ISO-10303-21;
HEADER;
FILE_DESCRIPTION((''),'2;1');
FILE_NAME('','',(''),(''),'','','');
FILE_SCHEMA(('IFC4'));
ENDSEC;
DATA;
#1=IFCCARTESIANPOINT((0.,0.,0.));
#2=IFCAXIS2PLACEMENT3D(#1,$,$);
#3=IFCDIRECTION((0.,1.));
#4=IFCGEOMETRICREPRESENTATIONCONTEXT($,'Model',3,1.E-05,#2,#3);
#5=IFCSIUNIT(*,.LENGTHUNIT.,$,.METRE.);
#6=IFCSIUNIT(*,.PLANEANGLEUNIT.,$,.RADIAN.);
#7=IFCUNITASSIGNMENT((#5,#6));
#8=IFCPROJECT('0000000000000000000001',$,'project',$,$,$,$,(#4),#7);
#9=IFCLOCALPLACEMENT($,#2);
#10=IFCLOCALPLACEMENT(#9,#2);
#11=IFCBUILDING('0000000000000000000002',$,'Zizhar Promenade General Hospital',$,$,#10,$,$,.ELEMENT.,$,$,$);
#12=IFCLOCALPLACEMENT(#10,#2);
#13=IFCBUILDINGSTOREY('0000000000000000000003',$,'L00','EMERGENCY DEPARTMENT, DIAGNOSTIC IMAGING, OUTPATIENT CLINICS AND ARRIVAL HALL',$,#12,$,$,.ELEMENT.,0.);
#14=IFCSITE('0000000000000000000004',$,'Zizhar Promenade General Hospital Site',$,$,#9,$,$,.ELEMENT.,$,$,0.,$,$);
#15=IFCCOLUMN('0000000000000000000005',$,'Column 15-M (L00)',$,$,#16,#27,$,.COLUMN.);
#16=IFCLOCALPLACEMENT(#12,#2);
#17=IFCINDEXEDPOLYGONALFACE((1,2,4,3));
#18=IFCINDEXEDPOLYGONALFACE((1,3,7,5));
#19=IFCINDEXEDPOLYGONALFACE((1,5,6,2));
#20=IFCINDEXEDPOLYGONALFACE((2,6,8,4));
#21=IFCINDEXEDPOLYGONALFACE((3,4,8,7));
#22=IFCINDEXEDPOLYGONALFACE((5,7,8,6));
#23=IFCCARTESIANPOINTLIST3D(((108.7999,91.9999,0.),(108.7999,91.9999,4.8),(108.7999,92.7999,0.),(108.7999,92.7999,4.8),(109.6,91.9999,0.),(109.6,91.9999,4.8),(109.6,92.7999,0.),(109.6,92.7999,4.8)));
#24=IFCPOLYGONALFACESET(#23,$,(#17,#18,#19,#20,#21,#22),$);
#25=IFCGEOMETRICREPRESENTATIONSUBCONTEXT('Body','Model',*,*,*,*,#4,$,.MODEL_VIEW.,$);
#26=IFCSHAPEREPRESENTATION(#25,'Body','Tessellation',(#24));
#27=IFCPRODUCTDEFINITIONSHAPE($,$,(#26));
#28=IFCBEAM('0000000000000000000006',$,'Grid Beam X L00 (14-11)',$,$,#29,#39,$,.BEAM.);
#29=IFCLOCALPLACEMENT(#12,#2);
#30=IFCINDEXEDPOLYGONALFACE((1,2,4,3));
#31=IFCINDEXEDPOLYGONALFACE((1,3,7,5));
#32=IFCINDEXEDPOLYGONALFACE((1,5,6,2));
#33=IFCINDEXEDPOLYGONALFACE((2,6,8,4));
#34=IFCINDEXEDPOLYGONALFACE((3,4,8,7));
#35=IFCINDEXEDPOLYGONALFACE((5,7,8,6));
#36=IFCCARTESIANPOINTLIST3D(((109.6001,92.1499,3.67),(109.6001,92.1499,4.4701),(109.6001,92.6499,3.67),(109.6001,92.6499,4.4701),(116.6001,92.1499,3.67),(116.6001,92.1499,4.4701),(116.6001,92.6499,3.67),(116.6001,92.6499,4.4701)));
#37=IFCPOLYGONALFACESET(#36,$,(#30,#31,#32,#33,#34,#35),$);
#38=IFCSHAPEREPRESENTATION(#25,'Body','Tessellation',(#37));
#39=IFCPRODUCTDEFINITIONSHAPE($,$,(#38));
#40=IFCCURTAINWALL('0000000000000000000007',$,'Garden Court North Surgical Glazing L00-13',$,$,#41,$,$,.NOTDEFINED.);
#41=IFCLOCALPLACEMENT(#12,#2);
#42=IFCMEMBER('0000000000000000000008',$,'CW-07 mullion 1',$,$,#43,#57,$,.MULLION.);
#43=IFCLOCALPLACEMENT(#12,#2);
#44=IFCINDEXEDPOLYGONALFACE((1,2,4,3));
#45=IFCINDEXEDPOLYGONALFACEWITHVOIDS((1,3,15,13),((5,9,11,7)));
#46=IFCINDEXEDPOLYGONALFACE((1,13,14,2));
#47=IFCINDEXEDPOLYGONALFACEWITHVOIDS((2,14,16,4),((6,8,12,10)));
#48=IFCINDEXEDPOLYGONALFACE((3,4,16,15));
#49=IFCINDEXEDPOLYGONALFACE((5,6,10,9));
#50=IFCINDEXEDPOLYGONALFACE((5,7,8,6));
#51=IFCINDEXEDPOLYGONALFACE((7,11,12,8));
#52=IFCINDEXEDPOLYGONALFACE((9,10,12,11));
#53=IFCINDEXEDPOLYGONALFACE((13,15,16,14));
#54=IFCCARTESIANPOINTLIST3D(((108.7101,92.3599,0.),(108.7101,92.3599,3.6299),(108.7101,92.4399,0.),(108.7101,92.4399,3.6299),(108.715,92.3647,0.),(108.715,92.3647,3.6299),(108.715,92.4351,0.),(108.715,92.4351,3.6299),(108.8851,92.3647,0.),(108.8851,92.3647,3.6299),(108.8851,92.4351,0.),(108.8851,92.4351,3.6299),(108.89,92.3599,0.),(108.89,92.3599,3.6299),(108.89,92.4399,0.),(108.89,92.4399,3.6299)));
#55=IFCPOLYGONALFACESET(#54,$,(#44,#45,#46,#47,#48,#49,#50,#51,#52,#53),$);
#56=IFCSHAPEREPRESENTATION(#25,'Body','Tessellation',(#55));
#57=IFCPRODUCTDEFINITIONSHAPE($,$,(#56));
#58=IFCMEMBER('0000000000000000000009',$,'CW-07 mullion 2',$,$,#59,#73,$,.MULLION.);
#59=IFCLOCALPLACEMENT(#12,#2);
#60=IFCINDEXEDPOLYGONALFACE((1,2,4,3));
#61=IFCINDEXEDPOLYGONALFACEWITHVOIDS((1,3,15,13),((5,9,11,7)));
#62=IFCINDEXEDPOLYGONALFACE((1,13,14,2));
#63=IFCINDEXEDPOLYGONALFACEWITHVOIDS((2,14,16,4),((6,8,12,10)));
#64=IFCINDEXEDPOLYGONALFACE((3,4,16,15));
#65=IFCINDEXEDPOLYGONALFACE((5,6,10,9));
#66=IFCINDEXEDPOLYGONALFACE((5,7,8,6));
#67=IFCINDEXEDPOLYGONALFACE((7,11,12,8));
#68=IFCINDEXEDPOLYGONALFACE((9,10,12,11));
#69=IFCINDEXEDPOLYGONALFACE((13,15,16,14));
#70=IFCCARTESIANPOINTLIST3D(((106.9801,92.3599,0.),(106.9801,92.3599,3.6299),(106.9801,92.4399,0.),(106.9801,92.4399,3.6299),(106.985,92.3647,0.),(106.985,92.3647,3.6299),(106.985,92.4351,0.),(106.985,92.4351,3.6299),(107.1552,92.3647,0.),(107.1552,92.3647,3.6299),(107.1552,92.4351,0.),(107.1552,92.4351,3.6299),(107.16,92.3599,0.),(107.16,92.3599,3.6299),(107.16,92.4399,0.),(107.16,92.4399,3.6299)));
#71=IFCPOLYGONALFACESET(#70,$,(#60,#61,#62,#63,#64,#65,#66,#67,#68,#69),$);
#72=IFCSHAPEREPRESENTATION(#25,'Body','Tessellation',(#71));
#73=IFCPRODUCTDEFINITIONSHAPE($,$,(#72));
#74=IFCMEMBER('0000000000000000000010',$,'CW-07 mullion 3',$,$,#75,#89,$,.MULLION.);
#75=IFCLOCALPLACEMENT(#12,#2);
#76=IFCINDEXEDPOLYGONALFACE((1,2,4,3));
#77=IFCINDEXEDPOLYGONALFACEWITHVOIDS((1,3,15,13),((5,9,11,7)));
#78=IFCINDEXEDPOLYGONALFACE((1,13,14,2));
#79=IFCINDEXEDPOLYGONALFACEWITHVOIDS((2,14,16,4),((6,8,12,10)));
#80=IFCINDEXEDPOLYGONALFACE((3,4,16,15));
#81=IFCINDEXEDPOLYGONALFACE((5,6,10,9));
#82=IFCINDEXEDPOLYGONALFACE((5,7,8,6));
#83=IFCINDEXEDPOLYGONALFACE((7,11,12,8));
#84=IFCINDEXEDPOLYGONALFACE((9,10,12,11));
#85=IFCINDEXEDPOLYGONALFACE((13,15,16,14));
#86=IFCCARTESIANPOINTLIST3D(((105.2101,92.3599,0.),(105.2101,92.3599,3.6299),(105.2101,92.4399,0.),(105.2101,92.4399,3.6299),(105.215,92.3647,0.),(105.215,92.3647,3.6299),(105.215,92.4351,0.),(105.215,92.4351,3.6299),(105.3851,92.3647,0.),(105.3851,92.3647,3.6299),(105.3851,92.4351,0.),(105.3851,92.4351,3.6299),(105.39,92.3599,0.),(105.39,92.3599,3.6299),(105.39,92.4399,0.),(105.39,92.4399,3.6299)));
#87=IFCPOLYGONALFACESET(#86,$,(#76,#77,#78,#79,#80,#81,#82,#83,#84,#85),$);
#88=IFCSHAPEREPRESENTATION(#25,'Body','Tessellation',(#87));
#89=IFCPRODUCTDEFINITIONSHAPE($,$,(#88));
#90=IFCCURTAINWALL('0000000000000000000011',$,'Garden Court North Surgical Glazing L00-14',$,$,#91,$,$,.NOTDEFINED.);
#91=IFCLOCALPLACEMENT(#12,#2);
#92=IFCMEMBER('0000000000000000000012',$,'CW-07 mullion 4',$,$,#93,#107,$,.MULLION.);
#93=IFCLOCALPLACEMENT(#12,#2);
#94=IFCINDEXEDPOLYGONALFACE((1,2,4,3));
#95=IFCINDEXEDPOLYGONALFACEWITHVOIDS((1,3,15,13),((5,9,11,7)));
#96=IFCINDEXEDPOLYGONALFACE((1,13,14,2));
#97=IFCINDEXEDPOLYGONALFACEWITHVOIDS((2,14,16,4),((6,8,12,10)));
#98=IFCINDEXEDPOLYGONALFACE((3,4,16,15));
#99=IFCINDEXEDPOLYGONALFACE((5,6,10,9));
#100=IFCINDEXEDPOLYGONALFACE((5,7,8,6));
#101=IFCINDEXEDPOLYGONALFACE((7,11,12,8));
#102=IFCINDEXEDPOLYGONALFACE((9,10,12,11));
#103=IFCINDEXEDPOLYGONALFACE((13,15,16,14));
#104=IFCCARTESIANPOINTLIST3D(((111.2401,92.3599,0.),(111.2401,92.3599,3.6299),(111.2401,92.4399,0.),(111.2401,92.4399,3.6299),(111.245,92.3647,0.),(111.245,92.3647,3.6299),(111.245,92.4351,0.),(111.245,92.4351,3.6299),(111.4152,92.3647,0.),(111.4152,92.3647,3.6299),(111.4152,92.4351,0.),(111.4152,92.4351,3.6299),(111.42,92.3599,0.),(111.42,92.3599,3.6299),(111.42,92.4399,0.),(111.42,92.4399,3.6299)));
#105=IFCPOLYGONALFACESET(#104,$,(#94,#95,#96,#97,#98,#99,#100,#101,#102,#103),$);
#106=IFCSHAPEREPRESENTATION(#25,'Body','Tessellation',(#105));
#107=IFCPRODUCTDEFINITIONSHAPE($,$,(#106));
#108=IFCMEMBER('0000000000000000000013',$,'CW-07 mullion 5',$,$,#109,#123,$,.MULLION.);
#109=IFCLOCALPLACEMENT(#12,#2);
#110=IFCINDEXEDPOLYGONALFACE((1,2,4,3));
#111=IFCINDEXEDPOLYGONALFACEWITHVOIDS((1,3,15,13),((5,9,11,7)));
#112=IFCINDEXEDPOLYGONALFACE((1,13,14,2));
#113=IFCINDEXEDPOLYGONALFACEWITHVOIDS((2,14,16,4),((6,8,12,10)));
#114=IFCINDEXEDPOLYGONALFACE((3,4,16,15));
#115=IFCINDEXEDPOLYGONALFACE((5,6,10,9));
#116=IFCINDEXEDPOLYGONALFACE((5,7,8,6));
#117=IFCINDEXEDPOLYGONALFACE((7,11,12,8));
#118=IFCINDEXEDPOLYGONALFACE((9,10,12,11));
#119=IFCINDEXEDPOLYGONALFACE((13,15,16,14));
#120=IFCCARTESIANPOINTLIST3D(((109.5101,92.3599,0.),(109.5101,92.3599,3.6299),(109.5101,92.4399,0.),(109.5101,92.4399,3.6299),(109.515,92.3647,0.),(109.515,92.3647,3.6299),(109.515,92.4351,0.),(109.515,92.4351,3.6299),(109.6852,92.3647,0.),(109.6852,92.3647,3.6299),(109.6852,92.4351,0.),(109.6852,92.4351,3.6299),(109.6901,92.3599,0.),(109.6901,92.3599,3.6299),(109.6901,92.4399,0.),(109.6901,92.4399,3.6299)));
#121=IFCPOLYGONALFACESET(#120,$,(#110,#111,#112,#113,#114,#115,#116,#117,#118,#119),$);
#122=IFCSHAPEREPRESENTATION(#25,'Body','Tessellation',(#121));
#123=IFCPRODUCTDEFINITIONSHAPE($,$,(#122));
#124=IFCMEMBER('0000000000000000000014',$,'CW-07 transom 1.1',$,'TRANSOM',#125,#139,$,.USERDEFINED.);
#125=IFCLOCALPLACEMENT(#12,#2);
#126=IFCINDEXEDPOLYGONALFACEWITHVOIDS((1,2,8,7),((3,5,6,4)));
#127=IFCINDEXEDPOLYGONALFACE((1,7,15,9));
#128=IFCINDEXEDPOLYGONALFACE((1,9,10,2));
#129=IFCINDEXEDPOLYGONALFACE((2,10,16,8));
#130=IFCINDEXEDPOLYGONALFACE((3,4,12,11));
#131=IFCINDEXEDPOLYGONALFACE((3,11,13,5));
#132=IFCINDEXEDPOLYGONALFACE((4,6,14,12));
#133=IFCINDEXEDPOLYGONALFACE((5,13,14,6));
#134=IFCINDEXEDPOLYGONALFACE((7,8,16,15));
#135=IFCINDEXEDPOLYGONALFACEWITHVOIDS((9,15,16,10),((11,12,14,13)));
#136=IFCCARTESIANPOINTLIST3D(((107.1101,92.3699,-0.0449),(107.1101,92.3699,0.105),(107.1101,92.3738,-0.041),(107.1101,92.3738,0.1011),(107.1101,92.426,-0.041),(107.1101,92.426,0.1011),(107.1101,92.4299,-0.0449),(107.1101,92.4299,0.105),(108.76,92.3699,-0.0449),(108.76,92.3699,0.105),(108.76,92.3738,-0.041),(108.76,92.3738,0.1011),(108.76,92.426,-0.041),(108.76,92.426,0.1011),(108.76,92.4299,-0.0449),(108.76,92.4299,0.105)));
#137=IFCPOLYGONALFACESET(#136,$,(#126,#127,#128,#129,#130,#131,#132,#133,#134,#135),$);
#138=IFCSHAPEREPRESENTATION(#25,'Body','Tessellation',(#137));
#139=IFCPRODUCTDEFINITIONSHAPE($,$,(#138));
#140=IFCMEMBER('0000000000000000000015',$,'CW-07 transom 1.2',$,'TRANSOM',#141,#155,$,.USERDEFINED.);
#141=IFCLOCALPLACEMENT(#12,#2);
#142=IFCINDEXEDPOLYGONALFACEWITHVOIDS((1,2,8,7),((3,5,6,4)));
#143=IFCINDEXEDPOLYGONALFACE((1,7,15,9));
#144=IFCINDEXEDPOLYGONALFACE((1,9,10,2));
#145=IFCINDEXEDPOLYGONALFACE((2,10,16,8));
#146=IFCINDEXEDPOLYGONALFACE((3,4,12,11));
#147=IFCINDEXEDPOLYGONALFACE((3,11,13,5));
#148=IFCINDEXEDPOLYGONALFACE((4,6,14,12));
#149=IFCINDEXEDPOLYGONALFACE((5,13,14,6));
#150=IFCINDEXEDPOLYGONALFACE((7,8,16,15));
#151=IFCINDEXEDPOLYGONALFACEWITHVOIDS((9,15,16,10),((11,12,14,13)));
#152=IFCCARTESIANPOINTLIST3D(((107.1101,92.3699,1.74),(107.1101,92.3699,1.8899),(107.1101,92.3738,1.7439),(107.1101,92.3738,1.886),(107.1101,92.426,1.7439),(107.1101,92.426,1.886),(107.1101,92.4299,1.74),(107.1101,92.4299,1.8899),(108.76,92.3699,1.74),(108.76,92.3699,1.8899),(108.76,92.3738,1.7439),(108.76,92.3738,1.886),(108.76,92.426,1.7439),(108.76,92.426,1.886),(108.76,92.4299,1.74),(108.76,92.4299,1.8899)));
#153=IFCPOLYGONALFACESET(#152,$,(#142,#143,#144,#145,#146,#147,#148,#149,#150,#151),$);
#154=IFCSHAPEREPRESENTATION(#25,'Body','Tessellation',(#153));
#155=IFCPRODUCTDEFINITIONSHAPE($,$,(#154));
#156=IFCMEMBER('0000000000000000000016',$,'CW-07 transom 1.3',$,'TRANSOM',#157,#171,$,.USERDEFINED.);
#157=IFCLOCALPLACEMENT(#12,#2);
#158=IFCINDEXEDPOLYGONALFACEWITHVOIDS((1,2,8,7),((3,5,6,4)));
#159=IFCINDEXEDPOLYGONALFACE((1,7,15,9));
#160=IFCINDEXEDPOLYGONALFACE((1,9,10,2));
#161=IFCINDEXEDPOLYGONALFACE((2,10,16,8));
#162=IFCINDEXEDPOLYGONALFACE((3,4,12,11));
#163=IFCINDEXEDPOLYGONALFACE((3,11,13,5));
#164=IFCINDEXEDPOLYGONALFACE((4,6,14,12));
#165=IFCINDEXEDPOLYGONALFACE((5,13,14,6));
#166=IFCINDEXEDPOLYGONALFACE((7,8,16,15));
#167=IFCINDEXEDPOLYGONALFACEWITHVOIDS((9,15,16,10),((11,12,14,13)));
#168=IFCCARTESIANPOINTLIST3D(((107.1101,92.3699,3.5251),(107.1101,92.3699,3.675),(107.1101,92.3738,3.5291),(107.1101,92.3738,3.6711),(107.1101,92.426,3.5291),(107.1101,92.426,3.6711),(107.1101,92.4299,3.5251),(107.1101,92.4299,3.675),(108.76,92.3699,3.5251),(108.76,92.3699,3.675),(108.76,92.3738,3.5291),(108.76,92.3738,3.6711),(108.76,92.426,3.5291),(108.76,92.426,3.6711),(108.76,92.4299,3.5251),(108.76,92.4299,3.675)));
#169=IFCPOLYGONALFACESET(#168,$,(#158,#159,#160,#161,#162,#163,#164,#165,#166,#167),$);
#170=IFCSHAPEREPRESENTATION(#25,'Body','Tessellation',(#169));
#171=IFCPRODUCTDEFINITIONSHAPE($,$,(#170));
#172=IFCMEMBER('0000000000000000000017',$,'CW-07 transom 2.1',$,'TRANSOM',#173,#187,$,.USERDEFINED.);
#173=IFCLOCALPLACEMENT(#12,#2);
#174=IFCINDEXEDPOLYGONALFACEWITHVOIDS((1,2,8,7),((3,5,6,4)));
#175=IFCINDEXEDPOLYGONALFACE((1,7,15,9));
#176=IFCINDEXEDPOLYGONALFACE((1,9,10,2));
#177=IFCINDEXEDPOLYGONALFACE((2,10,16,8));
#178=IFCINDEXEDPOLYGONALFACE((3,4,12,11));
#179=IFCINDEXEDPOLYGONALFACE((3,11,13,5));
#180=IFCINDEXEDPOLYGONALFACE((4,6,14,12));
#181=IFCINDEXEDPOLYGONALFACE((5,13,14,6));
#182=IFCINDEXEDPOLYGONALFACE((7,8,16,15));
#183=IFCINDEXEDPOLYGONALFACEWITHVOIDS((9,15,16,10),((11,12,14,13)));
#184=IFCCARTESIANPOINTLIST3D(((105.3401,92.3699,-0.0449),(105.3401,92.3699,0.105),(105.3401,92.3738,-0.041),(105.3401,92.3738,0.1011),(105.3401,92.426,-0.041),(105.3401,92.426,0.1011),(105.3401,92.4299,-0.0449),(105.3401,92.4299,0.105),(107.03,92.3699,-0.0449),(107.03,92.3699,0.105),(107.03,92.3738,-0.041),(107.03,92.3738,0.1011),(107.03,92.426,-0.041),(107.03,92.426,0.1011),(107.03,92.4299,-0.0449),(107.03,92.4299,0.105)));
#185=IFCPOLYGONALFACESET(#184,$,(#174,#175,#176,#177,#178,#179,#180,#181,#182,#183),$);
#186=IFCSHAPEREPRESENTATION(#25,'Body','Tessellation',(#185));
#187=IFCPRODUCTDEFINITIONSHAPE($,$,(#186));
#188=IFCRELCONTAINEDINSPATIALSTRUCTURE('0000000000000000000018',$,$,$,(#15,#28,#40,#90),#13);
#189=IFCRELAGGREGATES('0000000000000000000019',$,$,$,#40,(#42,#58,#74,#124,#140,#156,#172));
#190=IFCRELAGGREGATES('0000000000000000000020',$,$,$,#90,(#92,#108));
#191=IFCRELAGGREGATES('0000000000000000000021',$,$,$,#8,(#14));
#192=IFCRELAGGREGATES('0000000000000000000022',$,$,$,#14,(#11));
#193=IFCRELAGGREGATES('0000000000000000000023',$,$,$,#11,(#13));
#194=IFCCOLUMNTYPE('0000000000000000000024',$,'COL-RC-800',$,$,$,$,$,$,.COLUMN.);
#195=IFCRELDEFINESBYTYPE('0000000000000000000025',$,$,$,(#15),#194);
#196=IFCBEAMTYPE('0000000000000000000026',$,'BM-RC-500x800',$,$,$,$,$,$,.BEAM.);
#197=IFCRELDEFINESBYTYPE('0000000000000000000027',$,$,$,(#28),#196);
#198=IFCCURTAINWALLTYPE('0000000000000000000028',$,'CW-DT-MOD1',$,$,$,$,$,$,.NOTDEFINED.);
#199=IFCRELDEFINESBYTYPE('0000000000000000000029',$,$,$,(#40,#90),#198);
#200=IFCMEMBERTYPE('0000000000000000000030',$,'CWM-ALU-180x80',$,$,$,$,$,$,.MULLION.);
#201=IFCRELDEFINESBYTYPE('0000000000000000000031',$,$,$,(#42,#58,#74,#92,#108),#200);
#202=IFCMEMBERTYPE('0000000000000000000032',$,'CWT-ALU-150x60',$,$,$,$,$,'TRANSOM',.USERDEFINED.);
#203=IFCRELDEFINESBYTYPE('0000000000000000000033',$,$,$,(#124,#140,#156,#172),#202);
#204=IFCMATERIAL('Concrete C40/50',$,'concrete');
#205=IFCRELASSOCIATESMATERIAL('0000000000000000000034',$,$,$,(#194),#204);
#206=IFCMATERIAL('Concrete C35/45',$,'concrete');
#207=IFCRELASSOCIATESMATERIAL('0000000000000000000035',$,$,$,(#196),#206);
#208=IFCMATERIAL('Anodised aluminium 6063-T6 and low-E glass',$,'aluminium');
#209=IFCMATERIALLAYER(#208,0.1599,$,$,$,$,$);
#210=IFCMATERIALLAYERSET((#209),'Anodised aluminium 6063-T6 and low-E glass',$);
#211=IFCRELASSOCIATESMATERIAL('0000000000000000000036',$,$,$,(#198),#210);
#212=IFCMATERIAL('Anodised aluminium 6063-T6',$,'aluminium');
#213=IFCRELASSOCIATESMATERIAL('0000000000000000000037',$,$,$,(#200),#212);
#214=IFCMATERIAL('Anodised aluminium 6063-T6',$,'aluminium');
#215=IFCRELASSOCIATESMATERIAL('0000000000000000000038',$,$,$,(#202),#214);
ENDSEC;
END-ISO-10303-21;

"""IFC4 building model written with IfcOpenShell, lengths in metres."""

from ifc_helpers import new_model, si_unit, direction, frame, origin, origin_2d, place, context, subcontext, project, spatial, rectangle, hollow_rectangle, extrude, material, layer, layer_set, material_profile, profile_set, type_object, element, aggregate, save


model = new_model("IFC4")

# Units and contexts
model_context = context("Model", 3, precision=1e-05, world=origin(), true_north=direction((0.0, 1.0)))
body_context = subcontext(model_context, "Body", "Model", "MODEL_VIEW")
ifc_project = project(units=[si_unit("LENGTHUNIT", "METRE"), si_unit("PLANEANGLEUNIT", "RADIAN")], contexts=[model_context])

# Site, building, storey
site_placement = place(None, origin())
site = spatial("IfcSite", under=ifc_project, at=site_placement, Name="Zizhar Promenade General Hospital Site", CompositionType="ELEMENT", RefElevation=0.0)
building_placement = place(site_placement, origin())
building = spatial("IfcBuilding", under=site, at=building_placement, Name="Zizhar Promenade General Hospital", CompositionType="ELEMENT")
storey_placement = place(building_placement, origin())
storey = spatial("IfcBuildingStorey", under=building, at=storey_placement, Name="L00", Description="EMERGENCY DEPARTMENT, DIAGNOSTIC IMAGING, OUTPATIENT CLINICS AND ARRIVAL HALL", CompositionType="ELEMENT", Elevation=0.0)

# Column
ifc_material_1 = material(Name="Concrete C40/50", Category="concrete")
ifc_material_profile_1 = material_profile(ifc_material_1, rectangle(XDim=0.8, YDim=0.8, at=origin_2d()))
ifc_profile_set_1 = profile_set([ifc_material_profile_1], Name="Concrete C40/50")
column_type = type_object("IfcColumnType", Name="COL-RC-800", PredefinedType="COLUMN", material=ifc_profile_set_1)
column_placement = place(storey_placement, frame((109.2, 92.3999, 0.0), z_axis=(0.0, 0.0, 1.0), x_axis=(1.0, 0.0, 0.0)))
element("IfcColumn", 1, at=column_placement, inside=storey, type_object=column_type, Name="Column 15-M (L00)", PredefinedType="COLUMN", context=body_context, shape_type="SweptSolid", body=[
    extrude(rectangle(XDim=0.8, YDim=0.8, at=origin_2d()), origin(), (0.0, 0.0, 1.0), 4.8),
])

# Beam
ifc_material_2 = material(Name="Concrete C35/45", Category="concrete")
ifc_material_profile_2 = material_profile(ifc_material_2, rectangle(XDim=0.5, YDim=0.8, at=origin_2d()))
ifc_profile_set_2 = profile_set([ifc_material_profile_2], Name="Concrete C35/45")
beam_type = type_object("IfcBeamType", Name="BM-RC-500x800", PredefinedType="BEAM", material=ifc_profile_set_2)
beam_placement = place(storey_placement, frame((109.6001, 92.3999, 4.0701), z_axis=(1.0, 0.0, 0.0), x_axis=(0.0, 1.0, 0.0)))
element("IfcBeam", 2, at=beam_placement, inside=storey, type_object=beam_type, Name="Grid Beam X L00 (14-11)", PredefinedType="BEAM", context=body_context, shape_type="SweptSolid", body=[
    extrude(rectangle(XDim=0.5, YDim=0.8, at=origin_2d()), origin(), (0.0, 0.0, 1.0), 7.0),
])

# Curtain walls, members
ifc_material_3 = material(Name="Anodised aluminium 6063-T6 and low-E glass", Category="aluminium")
ifc_layer_1 = layer(ifc_material_3, 0.1599)
ifc_layer_set_1 = layer_set([ifc_layer_1], Name="Anodised aluminium 6063-T6 and low-E glass")
curtain_wall_type = type_object("IfcCurtainWallType", Name="CW-DT-MOD1", PredefinedType="NOTDEFINED", material=ifc_layer_set_1)
curtain_wall_1_placement = place(storey_placement, origin())
curtain_wall_1 = element("IfcCurtainWall", 3, at=curtain_wall_1_placement, inside=storey, type_object=curtain_wall_type, Name="Garden Court North Surgical Glazing L00-13", PredefinedType="NOTDEFINED")
ifc_material_4 = material(Name="Anodised aluminium 6063-T6", Category="aluminium")
ifc_material_profile_3 = material_profile(ifc_material_4, hollow_rectangle(XDim=0.0801, YDim=0.1799, WallThickness=0.0049, at=origin_2d()))
ifc_profile_set_3 = profile_set([ifc_material_profile_3], Name="Anodised aluminium 6063-T6")
member_type_1 = type_object("IfcMemberType", Name="CWM-ALU-180x80", PredefinedType="MULLION", material=ifc_profile_set_3)
member_1_placement = place(storey_placement, frame((108.8, 92.3999, 0.0), z_axis=(0.0, 0.0, 1.0), x_axis=(0.0, -1.0, 0.0)))
member_1 = element("IfcMember", 4, at=member_1_placement, type_object=member_type_1, Name="CW-07 mullion 1", PredefinedType="MULLION", context=body_context, shape_type="SweptSolid", body=[
    extrude(hollow_rectangle(XDim=0.0801, YDim=0.1799, WallThickness=0.0049, at=origin_2d()), origin(), (0.0, 0.0, 1.0), 3.6299),
])
member_2_placement = place(storey_placement, frame((107.0701, 92.3999, 0.0), z_axis=(0.0, 0.0, 1.0), x_axis=(0.0, -1.0, 0.0)))
member_2 = element("IfcMember", 5, at=member_2_placement, type_object=member_type_1, Name="CW-07 mullion 2", PredefinedType="MULLION", context=body_context, shape_type="SweptSolid", body=[
    extrude(hollow_rectangle(XDim=0.0801, YDim=0.1799, WallThickness=0.0049, at=origin_2d()), origin(), (0.0, 0.0, 1.0), 3.6299),
])
member_3_placement = place(storey_placement, frame((105.3, 92.3999, 0.0), z_axis=(0.0, 0.0, 1.0), x_axis=(0.0, -1.0, 0.0)))
member_3 = element("IfcMember", 6, at=member_3_placement, type_object=member_type_1, Name="CW-07 mullion 3", PredefinedType="MULLION", context=body_context, shape_type="SweptSolid", body=[
    extrude(hollow_rectangle(XDim=0.0801, YDim=0.1799, WallThickness=0.0049, at=origin_2d()), origin(), (0.0, 0.0, 1.0), 3.6299),
])
curtain_wall_2_placement = place(storey_placement, origin())
curtain_wall_2 = element("IfcCurtainWall", 7, at=curtain_wall_2_placement, inside=storey, type_object=curtain_wall_type, Name="Garden Court North Surgical Glazing L00-14", PredefinedType="NOTDEFINED")
member_4_placement = place(storey_placement, frame((111.3301, 92.3999, 0.0), z_axis=(0.0, 0.0, 1.0), x_axis=(0.0, -1.0, 0.0)))
member_4 = element("IfcMember", 8, at=member_4_placement, type_object=member_type_1, Name="CW-07 mullion 4", PredefinedType="MULLION", context=body_context, shape_type="SweptSolid", body=[
    extrude(hollow_rectangle(XDim=0.0801, YDim=0.1799, WallThickness=0.0049, at=origin_2d()), origin(), (0.0, 0.0, 1.0), 3.6299),
])
member_5_placement = place(storey_placement, frame((109.6001, 92.3999, 0.0), z_axis=(0.0, 0.0, 1.0), x_axis=(0.0, -1.0, 0.0)))
member_5 = element("IfcMember", 9, at=member_5_placement, type_object=member_type_1, Name="CW-07 mullion 5", PredefinedType="MULLION", context=body_context, shape_type="SweptSolid", body=[
    extrude(hollow_rectangle(XDim=0.0801, YDim=0.1799, WallThickness=0.0049, at=origin_2d()), origin(), (0.0, 0.0, 1.0), 3.6299),
])

# Members
ifc_material_5 = material(Name="Anodised aluminium 6063-T6", Category="aluminium")
ifc_material_profile_4 = material_profile(ifc_material_5, hollow_rectangle(XDim=0.0601, YDim=0.1499, WallThickness=0.0039, at=origin_2d()))
ifc_profile_set_4 = profile_set([ifc_material_profile_4], Name="Anodised aluminium 6063-T6")
member_type_2 = type_object("IfcMemberType", Name="CWT-ALU-150x60", ElementType="TRANSOM", PredefinedType="USERDEFINED", material=ifc_profile_set_4)
member_6_placement = place(storey_placement, frame((108.76, 92.3999, 0.03), z_axis=(-1.0, 0.0, 0.0), x_axis=(0.0, -1.0, 0.0)))
member_6 = element("IfcMember", 10, at=member_6_placement, type_object=member_type_2, Name="CW-07 transom 1.1", ObjectType="TRANSOM", PredefinedType="USERDEFINED", context=body_context, shape_type="SweptSolid", body=[
    extrude(hollow_rectangle(XDim=0.0601, YDim=0.1499, WallThickness=0.0039, at=origin_2d()), origin(), (0.0, 0.0, 1.0), 1.6499),
])
member_7_placement = place(storey_placement, frame((108.76, 92.3999, 1.8149), z_axis=(-1.0, 0.0, 0.0), x_axis=(0.0, -1.0, 0.0)))
member_7 = element("IfcMember", 11, at=member_7_placement, type_object=member_type_2, Name="CW-07 transom 1.2", ObjectType="TRANSOM", PredefinedType="USERDEFINED", context=body_context, shape_type="SweptSolid", body=[
    extrude(hollow_rectangle(XDim=0.0601, YDim=0.1499, WallThickness=0.0039, at=origin_2d()), origin(), (0.0, 0.0, 1.0), 1.6499),
])
member_8_placement = place(storey_placement, frame((108.76, 92.3999, 3.6001), z_axis=(-1.0, 0.0, 0.0), x_axis=(0.0, -1.0, 0.0)))
member_8 = element("IfcMember", 12, at=member_8_placement, type_object=member_type_2, Name="CW-07 transom 1.3", ObjectType="TRANSOM", PredefinedType="USERDEFINED", context=body_context, shape_type="SweptSolid", body=[
    extrude(hollow_rectangle(XDim=0.0601, YDim=0.1499, WallThickness=0.0039, at=origin_2d()), origin(), (0.0, 0.0, 1.0), 1.6499),
])
member_9_placement = place(storey_placement, frame((107.03, 92.3999, 0.03), z_axis=(-1.0, 0.0, 0.0), x_axis=(0.0, -1.0, 0.0)))
member_9 = element("IfcMember", 13, at=member_9_placement, type_object=member_type_2, Name="CW-07 transom 2.1", ObjectType="TRANSOM", PredefinedType="USERDEFINED", context=body_context, shape_type="SweptSolid", body=[
    extrude(hollow_rectangle(XDim=0.0601, YDim=0.1499, WallThickness=0.0039, at=origin_2d()), origin(), (0.0, 0.0, 1.0), 1.6899),
])

aggregate(curtain_wall_1, [member_1, member_2, member_3, member_6, member_7, member_8, member_9])
aggregate(curtain_wall_2, [member_4, member_5])

save(model, "model.ifc")
